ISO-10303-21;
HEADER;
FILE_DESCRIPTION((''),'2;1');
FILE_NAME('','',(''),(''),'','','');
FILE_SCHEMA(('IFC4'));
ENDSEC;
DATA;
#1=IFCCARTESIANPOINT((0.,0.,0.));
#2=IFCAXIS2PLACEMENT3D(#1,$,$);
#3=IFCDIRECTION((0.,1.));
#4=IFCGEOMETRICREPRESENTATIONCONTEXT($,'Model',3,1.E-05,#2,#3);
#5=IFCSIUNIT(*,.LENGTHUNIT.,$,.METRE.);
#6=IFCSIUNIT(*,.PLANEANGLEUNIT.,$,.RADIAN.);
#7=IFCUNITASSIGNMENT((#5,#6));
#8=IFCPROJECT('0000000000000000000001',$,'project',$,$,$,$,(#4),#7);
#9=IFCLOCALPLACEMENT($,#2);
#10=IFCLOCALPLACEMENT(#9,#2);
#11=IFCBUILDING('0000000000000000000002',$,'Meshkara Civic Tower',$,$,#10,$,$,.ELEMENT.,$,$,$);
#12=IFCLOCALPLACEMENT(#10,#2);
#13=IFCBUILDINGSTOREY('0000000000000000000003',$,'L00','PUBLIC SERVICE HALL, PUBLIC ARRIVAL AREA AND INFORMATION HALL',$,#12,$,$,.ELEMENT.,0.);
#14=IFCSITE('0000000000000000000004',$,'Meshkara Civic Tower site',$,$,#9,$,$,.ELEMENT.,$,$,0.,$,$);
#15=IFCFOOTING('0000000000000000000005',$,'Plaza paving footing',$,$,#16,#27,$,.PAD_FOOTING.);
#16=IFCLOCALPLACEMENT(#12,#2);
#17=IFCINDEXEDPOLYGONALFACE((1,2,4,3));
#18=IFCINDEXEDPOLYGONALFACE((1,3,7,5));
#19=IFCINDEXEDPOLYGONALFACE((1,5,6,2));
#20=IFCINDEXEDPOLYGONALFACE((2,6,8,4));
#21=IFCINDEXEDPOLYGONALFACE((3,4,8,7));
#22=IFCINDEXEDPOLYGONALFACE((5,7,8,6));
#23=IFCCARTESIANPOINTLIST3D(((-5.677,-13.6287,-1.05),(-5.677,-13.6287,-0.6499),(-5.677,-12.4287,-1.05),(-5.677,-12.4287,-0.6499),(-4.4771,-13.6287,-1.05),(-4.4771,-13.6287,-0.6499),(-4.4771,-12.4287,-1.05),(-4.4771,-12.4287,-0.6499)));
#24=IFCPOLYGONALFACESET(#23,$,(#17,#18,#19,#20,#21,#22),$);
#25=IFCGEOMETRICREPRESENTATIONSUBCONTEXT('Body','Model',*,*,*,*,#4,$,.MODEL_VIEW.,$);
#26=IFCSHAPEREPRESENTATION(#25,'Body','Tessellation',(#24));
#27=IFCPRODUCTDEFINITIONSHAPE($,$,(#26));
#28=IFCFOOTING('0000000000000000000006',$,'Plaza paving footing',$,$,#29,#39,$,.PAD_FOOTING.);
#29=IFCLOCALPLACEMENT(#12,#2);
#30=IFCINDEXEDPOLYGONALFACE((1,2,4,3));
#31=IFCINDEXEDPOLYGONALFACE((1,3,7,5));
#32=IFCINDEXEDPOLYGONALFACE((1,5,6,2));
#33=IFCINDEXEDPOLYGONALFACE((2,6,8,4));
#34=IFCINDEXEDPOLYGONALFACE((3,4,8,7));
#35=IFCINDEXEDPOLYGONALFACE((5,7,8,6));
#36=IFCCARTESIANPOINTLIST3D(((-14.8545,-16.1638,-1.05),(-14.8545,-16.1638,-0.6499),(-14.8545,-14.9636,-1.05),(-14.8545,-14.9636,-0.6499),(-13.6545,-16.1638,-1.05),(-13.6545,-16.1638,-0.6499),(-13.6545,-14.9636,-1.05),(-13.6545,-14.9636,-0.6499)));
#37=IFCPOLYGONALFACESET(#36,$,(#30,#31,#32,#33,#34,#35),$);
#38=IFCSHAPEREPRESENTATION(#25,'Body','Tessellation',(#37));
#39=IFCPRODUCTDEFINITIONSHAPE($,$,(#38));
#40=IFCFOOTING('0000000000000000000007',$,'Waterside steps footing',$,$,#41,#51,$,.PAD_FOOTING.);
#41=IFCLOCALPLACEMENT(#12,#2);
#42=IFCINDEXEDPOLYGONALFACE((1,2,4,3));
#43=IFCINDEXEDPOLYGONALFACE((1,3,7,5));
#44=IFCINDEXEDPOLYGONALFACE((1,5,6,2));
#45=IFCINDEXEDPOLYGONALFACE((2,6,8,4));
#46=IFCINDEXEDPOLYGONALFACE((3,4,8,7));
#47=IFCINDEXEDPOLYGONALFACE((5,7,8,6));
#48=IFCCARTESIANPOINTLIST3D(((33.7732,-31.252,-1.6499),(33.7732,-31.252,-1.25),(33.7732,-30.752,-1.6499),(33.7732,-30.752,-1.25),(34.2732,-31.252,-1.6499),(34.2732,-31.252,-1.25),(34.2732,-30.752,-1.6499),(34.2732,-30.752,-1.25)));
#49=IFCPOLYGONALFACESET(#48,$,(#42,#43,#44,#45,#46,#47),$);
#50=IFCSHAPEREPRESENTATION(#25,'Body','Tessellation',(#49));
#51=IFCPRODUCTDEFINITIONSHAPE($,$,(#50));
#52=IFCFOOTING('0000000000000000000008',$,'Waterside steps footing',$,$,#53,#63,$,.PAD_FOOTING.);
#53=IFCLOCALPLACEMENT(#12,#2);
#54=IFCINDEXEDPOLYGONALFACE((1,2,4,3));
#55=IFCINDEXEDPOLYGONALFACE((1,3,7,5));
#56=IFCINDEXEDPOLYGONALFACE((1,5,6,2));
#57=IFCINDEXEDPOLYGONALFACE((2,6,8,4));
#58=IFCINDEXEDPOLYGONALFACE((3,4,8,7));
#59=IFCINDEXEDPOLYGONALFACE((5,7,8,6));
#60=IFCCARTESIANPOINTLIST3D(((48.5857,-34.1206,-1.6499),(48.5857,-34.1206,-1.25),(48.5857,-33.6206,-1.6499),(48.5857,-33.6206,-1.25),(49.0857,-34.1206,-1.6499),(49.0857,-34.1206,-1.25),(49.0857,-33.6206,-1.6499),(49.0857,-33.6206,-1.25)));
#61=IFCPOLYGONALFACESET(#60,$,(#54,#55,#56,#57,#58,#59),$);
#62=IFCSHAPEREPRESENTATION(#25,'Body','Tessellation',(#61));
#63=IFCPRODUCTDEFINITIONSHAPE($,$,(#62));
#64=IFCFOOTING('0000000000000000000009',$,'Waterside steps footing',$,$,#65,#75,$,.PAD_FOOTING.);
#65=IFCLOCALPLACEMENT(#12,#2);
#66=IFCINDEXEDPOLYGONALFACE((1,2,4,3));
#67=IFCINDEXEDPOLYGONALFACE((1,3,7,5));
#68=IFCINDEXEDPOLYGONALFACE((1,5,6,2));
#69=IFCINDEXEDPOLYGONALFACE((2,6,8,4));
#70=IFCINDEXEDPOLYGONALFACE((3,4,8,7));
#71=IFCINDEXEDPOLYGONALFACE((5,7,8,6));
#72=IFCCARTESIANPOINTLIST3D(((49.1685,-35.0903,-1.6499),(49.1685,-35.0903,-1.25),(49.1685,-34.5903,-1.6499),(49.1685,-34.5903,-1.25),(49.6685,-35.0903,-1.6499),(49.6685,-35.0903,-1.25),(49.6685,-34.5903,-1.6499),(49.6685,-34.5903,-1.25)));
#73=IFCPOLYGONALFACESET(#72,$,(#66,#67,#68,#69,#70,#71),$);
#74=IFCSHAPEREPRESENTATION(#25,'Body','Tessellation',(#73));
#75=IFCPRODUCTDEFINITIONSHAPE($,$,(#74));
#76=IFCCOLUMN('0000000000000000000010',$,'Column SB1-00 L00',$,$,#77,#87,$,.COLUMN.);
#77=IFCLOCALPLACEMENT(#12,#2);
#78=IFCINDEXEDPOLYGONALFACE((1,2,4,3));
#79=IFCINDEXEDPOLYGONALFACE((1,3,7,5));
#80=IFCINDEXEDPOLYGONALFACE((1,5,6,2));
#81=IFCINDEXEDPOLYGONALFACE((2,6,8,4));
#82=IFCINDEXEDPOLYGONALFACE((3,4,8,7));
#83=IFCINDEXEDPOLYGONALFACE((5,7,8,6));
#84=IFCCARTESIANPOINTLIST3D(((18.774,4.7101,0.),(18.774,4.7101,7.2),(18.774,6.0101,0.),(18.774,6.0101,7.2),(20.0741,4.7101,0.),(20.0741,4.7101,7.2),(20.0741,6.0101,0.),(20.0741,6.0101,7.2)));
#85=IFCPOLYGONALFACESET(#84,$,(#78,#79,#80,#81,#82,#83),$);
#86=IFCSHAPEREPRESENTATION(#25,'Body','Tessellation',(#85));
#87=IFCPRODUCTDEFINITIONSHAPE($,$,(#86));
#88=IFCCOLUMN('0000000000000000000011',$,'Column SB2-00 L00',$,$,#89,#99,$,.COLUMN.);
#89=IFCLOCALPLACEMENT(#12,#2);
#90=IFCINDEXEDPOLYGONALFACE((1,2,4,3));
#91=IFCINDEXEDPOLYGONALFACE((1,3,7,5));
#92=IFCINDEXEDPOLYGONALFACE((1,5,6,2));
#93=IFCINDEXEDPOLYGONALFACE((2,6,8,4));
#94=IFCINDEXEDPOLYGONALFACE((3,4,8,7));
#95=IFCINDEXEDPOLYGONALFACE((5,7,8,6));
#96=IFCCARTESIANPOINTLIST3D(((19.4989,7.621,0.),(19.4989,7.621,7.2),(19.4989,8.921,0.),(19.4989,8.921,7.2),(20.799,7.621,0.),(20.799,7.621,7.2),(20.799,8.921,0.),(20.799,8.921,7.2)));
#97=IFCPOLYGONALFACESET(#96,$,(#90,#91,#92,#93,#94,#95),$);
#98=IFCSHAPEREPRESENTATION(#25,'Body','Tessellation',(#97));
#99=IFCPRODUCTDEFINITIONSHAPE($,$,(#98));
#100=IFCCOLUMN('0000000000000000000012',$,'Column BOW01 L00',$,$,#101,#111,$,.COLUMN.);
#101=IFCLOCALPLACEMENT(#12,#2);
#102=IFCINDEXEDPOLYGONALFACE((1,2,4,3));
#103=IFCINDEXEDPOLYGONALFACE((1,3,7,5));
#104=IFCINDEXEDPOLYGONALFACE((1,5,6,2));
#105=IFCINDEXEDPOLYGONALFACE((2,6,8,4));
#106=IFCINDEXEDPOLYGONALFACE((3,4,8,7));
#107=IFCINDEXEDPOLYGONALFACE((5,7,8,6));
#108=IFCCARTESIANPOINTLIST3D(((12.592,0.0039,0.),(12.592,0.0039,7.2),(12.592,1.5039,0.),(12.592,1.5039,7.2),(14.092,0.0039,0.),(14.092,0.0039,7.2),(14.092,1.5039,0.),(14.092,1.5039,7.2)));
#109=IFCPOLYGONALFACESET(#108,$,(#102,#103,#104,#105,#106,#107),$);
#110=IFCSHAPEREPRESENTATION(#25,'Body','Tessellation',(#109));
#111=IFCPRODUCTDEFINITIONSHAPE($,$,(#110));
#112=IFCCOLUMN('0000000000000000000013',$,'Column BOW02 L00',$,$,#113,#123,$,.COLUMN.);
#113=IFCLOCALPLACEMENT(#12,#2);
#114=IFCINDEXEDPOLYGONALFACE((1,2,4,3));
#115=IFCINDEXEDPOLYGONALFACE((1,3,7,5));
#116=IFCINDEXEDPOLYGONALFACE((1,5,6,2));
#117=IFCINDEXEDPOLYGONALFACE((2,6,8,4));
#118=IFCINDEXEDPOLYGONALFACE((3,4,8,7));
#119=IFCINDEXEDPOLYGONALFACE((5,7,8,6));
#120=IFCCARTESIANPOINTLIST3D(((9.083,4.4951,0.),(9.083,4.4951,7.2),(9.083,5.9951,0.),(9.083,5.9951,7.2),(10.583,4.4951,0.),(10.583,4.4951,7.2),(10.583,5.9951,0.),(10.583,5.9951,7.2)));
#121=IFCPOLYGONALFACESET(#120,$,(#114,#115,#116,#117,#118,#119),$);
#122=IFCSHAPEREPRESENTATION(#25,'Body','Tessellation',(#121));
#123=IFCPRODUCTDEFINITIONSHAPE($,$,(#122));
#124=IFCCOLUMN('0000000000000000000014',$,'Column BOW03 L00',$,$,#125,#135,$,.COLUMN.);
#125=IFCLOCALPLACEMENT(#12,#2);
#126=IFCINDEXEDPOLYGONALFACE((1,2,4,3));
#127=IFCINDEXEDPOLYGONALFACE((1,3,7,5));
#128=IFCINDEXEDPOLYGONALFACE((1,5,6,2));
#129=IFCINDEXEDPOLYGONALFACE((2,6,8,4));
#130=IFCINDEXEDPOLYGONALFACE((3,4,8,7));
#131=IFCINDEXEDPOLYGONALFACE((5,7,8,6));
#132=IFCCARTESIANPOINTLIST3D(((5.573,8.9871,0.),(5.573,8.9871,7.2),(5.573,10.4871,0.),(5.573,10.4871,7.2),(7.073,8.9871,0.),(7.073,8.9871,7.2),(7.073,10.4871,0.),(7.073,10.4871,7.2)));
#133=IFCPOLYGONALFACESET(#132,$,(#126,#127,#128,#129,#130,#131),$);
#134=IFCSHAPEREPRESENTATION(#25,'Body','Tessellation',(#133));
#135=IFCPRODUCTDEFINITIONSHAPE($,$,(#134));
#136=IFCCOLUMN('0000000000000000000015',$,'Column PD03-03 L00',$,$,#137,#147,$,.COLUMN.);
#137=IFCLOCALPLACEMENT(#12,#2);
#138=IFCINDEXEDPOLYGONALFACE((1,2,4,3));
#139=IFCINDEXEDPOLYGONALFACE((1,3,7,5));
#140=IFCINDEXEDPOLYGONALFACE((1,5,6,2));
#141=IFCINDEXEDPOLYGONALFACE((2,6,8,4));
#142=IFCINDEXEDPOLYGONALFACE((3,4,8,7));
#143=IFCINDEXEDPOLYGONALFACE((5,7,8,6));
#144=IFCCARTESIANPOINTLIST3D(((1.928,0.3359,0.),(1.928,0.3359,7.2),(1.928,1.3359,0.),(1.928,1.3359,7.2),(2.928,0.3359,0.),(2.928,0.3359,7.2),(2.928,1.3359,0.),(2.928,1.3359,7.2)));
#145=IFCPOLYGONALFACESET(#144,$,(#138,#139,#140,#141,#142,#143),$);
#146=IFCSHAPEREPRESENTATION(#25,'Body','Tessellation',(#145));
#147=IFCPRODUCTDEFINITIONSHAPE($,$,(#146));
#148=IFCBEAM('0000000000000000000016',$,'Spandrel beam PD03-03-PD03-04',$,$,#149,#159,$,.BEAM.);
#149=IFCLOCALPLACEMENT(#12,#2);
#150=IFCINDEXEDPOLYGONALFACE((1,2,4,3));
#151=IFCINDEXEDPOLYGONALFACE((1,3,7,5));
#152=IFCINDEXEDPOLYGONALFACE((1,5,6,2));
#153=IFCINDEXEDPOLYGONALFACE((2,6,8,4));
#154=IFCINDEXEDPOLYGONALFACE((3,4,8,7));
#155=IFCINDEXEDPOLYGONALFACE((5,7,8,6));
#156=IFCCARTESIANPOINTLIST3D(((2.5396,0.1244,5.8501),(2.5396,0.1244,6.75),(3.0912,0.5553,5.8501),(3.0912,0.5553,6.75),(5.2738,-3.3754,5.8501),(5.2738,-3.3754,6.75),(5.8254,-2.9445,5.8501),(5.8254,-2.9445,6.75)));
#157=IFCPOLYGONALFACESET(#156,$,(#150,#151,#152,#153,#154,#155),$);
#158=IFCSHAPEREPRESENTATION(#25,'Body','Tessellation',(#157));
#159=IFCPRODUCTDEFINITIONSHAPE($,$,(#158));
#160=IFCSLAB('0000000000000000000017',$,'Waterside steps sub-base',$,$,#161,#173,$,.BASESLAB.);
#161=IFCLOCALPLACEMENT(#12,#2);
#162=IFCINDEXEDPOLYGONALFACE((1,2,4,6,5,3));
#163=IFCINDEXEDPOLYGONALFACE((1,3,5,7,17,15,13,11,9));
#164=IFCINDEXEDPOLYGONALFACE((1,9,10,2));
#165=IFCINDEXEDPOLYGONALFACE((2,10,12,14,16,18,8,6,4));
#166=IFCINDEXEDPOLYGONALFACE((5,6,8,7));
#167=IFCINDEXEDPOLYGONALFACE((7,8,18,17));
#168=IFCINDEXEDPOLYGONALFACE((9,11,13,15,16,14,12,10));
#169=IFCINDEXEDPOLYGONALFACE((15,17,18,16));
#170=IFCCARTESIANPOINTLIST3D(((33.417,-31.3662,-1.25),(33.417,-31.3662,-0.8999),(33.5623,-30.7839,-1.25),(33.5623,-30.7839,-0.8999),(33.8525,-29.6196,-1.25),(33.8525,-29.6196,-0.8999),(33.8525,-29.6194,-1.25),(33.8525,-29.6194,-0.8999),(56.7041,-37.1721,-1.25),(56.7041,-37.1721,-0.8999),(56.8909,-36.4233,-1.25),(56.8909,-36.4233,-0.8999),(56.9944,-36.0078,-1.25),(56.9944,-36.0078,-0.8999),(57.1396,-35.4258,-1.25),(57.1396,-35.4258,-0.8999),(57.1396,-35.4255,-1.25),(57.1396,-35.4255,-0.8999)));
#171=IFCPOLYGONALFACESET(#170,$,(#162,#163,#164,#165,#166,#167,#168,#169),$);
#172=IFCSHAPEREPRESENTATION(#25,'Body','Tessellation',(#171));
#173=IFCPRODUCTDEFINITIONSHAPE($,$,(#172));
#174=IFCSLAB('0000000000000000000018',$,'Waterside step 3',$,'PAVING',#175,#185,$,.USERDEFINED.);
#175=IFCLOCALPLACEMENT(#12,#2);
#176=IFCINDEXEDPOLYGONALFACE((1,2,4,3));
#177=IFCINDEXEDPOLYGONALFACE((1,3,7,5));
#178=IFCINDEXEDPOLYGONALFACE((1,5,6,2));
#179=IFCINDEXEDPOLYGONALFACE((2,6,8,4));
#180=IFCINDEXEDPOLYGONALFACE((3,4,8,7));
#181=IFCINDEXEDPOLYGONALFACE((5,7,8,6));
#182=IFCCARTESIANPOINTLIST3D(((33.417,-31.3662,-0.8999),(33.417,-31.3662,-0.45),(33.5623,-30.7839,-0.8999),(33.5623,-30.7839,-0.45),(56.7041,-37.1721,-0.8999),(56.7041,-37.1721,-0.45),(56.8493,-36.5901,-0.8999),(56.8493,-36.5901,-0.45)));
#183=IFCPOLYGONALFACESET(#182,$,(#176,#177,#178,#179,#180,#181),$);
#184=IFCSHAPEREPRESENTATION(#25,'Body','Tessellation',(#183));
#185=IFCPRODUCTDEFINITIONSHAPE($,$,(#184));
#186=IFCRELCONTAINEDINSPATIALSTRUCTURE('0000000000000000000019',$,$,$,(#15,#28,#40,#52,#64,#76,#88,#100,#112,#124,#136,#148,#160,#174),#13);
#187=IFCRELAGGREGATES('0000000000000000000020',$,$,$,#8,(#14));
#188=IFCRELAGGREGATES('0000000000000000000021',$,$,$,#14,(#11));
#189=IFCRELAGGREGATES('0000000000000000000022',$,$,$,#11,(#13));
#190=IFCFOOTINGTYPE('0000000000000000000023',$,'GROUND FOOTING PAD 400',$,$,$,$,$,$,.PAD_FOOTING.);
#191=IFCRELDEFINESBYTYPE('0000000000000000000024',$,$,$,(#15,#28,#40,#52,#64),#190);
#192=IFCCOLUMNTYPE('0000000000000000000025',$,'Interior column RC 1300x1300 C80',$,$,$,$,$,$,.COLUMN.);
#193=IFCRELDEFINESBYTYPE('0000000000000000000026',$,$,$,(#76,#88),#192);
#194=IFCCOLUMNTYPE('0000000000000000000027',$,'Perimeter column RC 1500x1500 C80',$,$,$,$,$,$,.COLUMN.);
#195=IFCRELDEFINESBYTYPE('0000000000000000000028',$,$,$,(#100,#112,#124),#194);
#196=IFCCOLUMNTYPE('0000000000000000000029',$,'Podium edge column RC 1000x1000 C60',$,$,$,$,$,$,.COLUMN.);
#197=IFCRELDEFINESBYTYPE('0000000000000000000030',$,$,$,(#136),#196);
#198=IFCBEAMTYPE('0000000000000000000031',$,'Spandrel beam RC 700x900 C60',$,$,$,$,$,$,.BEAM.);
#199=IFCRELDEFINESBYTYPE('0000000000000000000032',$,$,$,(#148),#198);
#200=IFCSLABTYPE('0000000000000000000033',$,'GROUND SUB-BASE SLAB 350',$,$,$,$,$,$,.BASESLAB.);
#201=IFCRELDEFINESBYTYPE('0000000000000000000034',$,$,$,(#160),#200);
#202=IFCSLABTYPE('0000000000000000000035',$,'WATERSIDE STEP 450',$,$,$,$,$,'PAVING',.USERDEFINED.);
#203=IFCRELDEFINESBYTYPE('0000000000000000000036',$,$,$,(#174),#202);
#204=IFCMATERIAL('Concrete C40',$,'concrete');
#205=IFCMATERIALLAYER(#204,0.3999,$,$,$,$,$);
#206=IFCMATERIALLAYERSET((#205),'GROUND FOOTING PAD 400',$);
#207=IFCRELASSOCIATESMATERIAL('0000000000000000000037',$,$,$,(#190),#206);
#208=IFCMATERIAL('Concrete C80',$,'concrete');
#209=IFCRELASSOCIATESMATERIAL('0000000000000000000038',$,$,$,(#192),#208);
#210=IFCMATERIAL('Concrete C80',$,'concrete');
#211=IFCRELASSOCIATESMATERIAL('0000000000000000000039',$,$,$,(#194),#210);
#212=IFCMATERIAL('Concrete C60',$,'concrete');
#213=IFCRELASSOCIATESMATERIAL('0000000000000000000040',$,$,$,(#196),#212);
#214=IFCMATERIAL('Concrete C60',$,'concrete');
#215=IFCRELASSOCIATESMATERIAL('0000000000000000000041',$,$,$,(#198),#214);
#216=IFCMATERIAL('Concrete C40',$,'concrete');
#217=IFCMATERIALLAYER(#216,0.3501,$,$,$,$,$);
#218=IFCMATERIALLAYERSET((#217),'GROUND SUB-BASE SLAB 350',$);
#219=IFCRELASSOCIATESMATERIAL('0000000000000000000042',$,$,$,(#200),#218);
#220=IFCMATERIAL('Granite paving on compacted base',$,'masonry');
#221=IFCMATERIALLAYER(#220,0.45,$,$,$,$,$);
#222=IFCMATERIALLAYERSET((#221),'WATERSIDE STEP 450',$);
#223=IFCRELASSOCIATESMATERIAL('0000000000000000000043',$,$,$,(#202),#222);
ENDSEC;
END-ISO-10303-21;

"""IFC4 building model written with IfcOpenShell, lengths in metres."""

from ifc_helpers import new_model, si_unit, direction, frame, origin, origin_2d, place, context, subcontext, project, spatial, polyline, rectangle, outline, extrude, material, layer, layer_set, material_profile, profile_set, type_object, element, save


model = new_model("IFC4")

# Units and contexts
model_context = context("Model", 3, precision=1e-05, world=origin(), true_north=direction((0.0, 1.0)))
body_context = subcontext(model_context, "Body", "Model", "MODEL_VIEW")
ifc_project = project(units=[si_unit("LENGTHUNIT", "METRE"), si_unit("PLANEANGLEUNIT", "RADIAN")], contexts=[model_context])

# Site, building, storey
site_placement = place(None, origin())
site = spatial("IfcSite", under=ifc_project, at=site_placement, Name="Meshkara Civic Tower site", CompositionType="ELEMENT", RefElevation=0.0)
building_placement = place(site_placement, origin())
building = spatial("IfcBuilding", under=site, at=building_placement, Name="Meshkara Civic Tower", CompositionType="ELEMENT")
storey_placement = place(building_placement, origin())
storey = spatial("IfcBuildingStorey", under=building, at=storey_placement, Name="L00", Description="PUBLIC SERVICE HALL, PUBLIC ARRIVAL AREA AND INFORMATION HALL", CompositionType="ELEMENT", Elevation=0.0)

# Footings
ifc_material_1 = material(Name="Concrete C40", Category="concrete")
ifc_layer_1 = layer(ifc_material_1, 0.3999)
ifc_layer_set_1 = layer_set([ifc_layer_1], Name="GROUND FOOTING PAD 400")
footing_type = type_object("IfcFootingType", Name="GROUND FOOTING PAD 400", PredefinedType="PAD_FOOTING", material=ifc_layer_set_1)
footing_1_placement = place(storey_placement, frame((0.0, 0.0, -1.05)))
element("IfcFooting", 1, at=footing_1_placement, inside=storey, type_object=footing_type, Name="Plaza paving footing", PredefinedType="PAD_FOOTING", context=body_context, shape_type="SweptSolid", body=[
    extrude(outline(polyline([(-5.677, -13.6287), (-4.4771, -13.6287), (-4.4771, -12.4287), (-5.677, -12.4287), (-5.677, -13.6287)])), origin(), (0.0, 0.0, 1.0), 0.4001),
])
footing_2_placement = place(storey_placement, frame((0.0, 0.0, -1.05)))
element("IfcFooting", 2, at=footing_2_placement, inside=storey, type_object=footing_type, Name="Plaza paving footing", PredefinedType="PAD_FOOTING", context=body_context, shape_type="SweptSolid", body=[
    extrude(outline(polyline([(-14.8545, -16.1638), (-13.6545, -16.1638), (-13.6545, -14.9636), (-14.8545, -14.9636), (-14.8545, -16.1638)])), origin(), (0.0, 0.0, 1.0), 0.4001),
])
footing_3_placement = place(storey_placement, frame((0.0, 0.0, -1.6499)))
element("IfcFooting", 3, at=footing_3_placement, inside=storey, type_object=footing_type, Name="Waterside steps footing", PredefinedType="PAD_FOOTING", context=body_context, shape_type="SweptSolid", body=[
    extrude(outline(polyline([(33.7732, -31.252), (34.2732, -31.252), (34.2732, -30.752), (33.7732, -30.752), (33.7732, -31.252)])), origin(), (0.0, 0.0, 1.0), 0.3999),
])
footing_4_placement = place(storey_placement, frame((0.0, 0.0, -1.6499)))
element("IfcFooting", 4, at=footing_4_placement, inside=storey, type_object=footing_type, Name="Waterside steps footing", PredefinedType="PAD_FOOTING", context=body_context, shape_type="SweptSolid", body=[
    extrude(outline(polyline([(48.5857, -34.1206), (49.0857, -34.1206), (49.0857, -33.6206), (48.5857, -33.6206), (48.5857, -34.1206)])), origin(), (0.0, 0.0, 1.0), 0.3999),
])
footing_5_placement = place(storey_placement, frame((0.0, 0.0, -1.6499)))
element("IfcFooting", 5, at=footing_5_placement, inside=storey, type_object=footing_type, Name="Waterside steps footing", PredefinedType="PAD_FOOTING", context=body_context, shape_type="SweptSolid", body=[
    extrude(outline(polyline([(49.1685, -35.0903), (49.6685, -35.0903), (49.6685, -34.5903), (49.1685, -34.5903), (49.1685, -35.0903)])), origin(), (0.0, 0.0, 1.0), 0.3999),
])

# Columns
ifc_material_2 = material(Name="Concrete C80", Category="concrete")
ifc_material_profile_1 = material_profile(ifc_material_2, rectangle(XDim=1.3, YDim=1.3, at=origin_2d()))
ifc_profile_set_1 = profile_set([ifc_material_profile_1], Name="Concrete C80")
column_type_1 = type_object("IfcColumnType", Name="Interior column RC 1300x1300 C80", PredefinedType="COLUMN", material=ifc_profile_set_1)
for number, where, z_axis, x_axis, name in (
    (6, (19.4241, 5.3601, 0.0), (0.0, 0.0, 1.0), (1.0, 0.0, 0.0), "Column SB1-00 L00"),
    (7, (20.1489, 8.271, 0.0), (0.0, 0.0, 1.0), (1.0, 0.0, 0.0), "Column SB2-00 L00"),
):
    element("IfcColumn", number, at=place(storey_placement, frame(where, z_axis=z_axis, x_axis=x_axis)), inside=storey, type_object=column_type_1, Name=name, PredefinedType="COLUMN", context=body_context, shape_type="SweptSolid", body=[
        extrude(rectangle(XDim=1.3, YDim=1.3, at=origin_2d()), origin(), (0.0, 0.0, 1.0), 7.2),
    ])
ifc_material_3 = material(Name="Concrete C80", Category="concrete")
ifc_material_profile_2 = material_profile(ifc_material_3, rectangle(XDim=1.5, YDim=1.5, at=origin_2d()))
ifc_profile_set_2 = profile_set([ifc_material_profile_2], Name="Concrete C80")
column_type_2 = type_object("IfcColumnType", Name="Perimeter column RC 1500x1500 C80", PredefinedType="COLUMN", material=ifc_profile_set_2)
for number, where, z_axis, x_axis, name in (
    (8, (13.342, 0.7539, 0.0), (0.0, 0.0, 1.0), (1.0, 0.0, 0.0), "Column BOW01 L00"),
    (9, (9.833, 5.2451, 0.0), (0.0, 0.0, 1.0), (1.0, 0.0, 0.0), "Column BOW02 L00"),
    (10, (6.323, 9.7371, 0.0), (0.0, 0.0, 1.0), (1.0, 0.0, 0.0), "Column BOW03 L00"),
):
    element("IfcColumn", number, at=place(storey_placement, frame(where, z_axis=z_axis, x_axis=x_axis)), inside=storey, type_object=column_type_2, Name=name, PredefinedType="COLUMN", context=body_context, shape_type="SweptSolid", body=[
        extrude(rectangle(XDim=1.5, YDim=1.5, at=origin_2d()), origin(), (0.0, 0.0, 1.0), 7.2),
    ])
ifc_material_4 = material(Name="Concrete C60", Category="concrete")
ifc_material_profile_3 = material_profile(ifc_material_4, rectangle(XDim=1.0, YDim=1.0, at=origin_2d()))
ifc_profile_set_3 = profile_set([ifc_material_profile_3], Name="Concrete C60")
column_type_3 = type_object("IfcColumnType", Name="Podium edge column RC 1000x1000 C60", PredefinedType="COLUMN", material=ifc_profile_set_3)
column_placement = place(storey_placement, frame((2.428, 0.8359, 0.0), z_axis=(0.0, 0.0, 1.0), x_axis=(1.0, 0.0, 0.0)))
element("IfcColumn", 11, at=column_placement, inside=storey, type_object=column_type_3, Name="Column PD03-03 L00", PredefinedType="COLUMN", context=body_context, shape_type="SweptSolid", body=[
    extrude(rectangle(XDim=1.0, YDim=1.0, at=origin_2d()), origin(), (0.0, 0.0, 1.0), 7.2),
])

# Beam
ifc_material_5 = material(Name="Concrete C60", Category="concrete")
ifc_material_profile_4 = material_profile(ifc_material_5, rectangle(XDim=0.7, YDim=0.8999, at=origin_2d()))
ifc_profile_set_4 = profile_set([ifc_material_profile_4], Name="Concrete C60")
beam_type = type_object("IfcBeamType", Name="Spandrel beam RC 700x900 C60", PredefinedType="BEAM", material=ifc_profile_set_4)
beam_placement = place(storey_placement, frame((2.8154, 0.3398, 6.3), z_axis=(0.615637, -0.78803, 0.0), x_axis=(0.78803, 0.615637, 0.0)))
element("IfcBeam", 12, at=beam_placement, inside=storey, type_object=beam_type, Name="Spandrel beam PD03-03-PD03-04", PredefinedType="BEAM", context=body_context, shape_type="SweptSolid", body=[
    extrude(rectangle(XDim=0.7, YDim=0.8999, at=origin_2d()), origin(), (0.0, 0.0, 1.0), 4.4412),
])

# Slabs
ifc_material_6 = material(Name="Concrete C40", Category="concrete")
ifc_layer_2 = layer(ifc_material_6, 0.3501)
ifc_layer_set_2 = layer_set([ifc_layer_2], Name="GROUND SUB-BASE SLAB 350")
slab_type_1 = type_object("IfcSlabType", Name="GROUND SUB-BASE SLAB 350", PredefinedType="BASESLAB", material=ifc_layer_set_2)
slab_1_placement = place(storey_placement, frame((0.0, 0.0, -1.25)))
element("IfcSlab", 13, at=slab_1_placement, inside=storey, type_object=slab_type_1, Name="Waterside steps sub-base", PredefinedType="BASESLAB", context=body_context, shape_type="SweptSolid", body=[
    extrude(outline(polyline([(33.417, -31.3662), (33.5623, -30.7839), (33.8525, -29.6196), (33.8525, -29.6196), (33.8525, -29.6194), (33.8525, -29.6194), (33.8525, -29.6194), (57.1396, -35.4255), (57.1396, -35.4255), (57.1396, -35.4258), (56.9944, -36.0078), (56.8909, -36.4233), (56.7041, -37.1721), (56.7041, -37.1721), (56.7041, -37.1721), (33.417, -31.3662), (33.417, -31.3662), (33.417, -31.3662)])), origin(), (0.0, 0.0, 1.0), 0.3501),
])
ifc_material_7 = material(Name="Granite paving on compacted base", Category="masonry")
ifc_layer_3 = layer(ifc_material_7, 0.45)
ifc_layer_set_3 = layer_set([ifc_layer_3], Name="WATERSIDE STEP 450")
slab_type_2 = type_object("IfcSlabType", Name="WATERSIDE STEP 450", ElementType="PAVING", PredefinedType="USERDEFINED", material=ifc_layer_set_3)
slab_2_placement = place(storey_placement, frame((0.0, 0.0, -0.8999)))
element("IfcSlab", 14, at=slab_2_placement, inside=storey, type_object=slab_type_2, Name="Waterside step 3", ObjectType="PAVING", PredefinedType="USERDEFINED", context=body_context, shape_type="SweptSolid", body=[
    extrude(outline(polyline([(56.8494, -36.5901), (57.1396, -35.4255), (56.7041, -37.1721), (33.417, -31.3662), (33.5623, -30.7839), (56.8494, -36.5901)])), origin(), (0.0, 0.0, 1.0), 0.45),
])

save(model, "model.ifc")
